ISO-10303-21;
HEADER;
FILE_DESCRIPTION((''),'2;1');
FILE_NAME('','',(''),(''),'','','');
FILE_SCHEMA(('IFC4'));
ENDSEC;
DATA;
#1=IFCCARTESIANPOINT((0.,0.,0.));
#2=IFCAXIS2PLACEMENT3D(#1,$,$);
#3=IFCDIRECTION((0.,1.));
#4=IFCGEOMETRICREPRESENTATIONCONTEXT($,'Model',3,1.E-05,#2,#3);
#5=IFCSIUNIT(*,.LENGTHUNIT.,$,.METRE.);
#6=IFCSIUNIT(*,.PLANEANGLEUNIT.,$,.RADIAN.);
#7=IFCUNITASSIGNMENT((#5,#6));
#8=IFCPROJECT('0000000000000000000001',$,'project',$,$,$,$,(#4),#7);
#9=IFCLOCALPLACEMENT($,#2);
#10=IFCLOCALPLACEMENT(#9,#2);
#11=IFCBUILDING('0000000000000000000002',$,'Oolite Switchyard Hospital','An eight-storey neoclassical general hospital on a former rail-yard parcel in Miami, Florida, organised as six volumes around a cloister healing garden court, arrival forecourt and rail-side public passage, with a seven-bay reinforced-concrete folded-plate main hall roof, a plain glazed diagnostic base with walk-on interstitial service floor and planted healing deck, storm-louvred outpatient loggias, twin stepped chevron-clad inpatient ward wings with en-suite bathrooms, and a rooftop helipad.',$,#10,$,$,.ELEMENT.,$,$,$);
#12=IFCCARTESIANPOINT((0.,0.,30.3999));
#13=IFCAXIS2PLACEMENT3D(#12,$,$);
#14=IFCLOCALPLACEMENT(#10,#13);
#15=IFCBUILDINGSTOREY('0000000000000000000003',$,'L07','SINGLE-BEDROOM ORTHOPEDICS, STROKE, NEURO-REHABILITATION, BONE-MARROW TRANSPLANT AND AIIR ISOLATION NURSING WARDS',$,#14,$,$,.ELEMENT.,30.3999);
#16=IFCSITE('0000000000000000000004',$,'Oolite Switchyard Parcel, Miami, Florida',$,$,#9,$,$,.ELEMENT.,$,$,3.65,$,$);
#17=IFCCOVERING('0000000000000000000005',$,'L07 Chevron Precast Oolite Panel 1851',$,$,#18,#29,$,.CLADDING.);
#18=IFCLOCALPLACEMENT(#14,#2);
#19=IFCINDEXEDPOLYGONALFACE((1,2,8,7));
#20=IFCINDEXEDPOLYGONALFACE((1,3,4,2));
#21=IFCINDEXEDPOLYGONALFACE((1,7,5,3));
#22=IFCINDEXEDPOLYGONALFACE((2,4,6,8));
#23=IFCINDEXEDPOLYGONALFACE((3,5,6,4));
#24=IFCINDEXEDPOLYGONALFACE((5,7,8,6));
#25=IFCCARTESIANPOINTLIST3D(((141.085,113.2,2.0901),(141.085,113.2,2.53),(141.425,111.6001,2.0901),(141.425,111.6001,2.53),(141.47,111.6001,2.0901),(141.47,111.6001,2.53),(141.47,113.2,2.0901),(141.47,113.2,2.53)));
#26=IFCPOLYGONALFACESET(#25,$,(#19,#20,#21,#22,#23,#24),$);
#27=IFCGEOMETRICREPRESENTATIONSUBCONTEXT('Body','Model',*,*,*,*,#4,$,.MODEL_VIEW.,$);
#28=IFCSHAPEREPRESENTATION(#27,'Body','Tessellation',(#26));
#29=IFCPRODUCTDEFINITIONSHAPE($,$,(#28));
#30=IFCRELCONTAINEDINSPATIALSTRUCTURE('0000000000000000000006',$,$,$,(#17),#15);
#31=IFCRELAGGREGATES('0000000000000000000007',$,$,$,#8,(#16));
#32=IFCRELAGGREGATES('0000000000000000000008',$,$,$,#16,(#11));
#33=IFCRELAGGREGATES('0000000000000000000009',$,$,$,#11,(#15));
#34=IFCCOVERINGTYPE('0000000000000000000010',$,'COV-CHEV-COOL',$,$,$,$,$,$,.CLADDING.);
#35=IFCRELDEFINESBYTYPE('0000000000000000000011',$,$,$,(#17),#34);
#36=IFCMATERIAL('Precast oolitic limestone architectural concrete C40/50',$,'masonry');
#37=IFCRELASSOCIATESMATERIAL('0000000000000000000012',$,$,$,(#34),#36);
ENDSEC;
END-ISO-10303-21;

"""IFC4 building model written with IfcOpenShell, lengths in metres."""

from ifc_helpers import new_model, si_unit, direction, frame, origin, place, context, subcontext, project, spatial, polyline, outline, extrude, material, type_object, element, save


model = new_model("IFC4")

# Units and contexts
model_context = context("Model", 3, precision=1e-05, world=origin(), true_north=direction((0.0, 1.0)))
body_context = subcontext(model_context, "Body", "Model", "MODEL_VIEW")
ifc_project = project(units=[si_unit("LENGTHUNIT", "METRE"), si_unit("PLANEANGLEUNIT", "RADIAN")], contexts=[model_context])

# Site, building, storey
site_placement = place(None, origin())
site = spatial("IfcSite", under=ifc_project, at=site_placement, Name="Oolite Switchyard Parcel, Miami, Florida", CompositionType="ELEMENT", RefElevation=3.65)
building_placement = place(site_placement, origin())
building = spatial("IfcBuilding", under=site, at=building_placement, Name="Oolite Switchyard Hospital", Description="An eight-storey neoclassical general hospital on a former rail-yard parcel in Miami, Florida, organised as six volumes around a cloister healing garden court, arrival forecourt and rail-side public passage, with a seven-bay reinforced-concrete folded-plate main hall roof, a plain glazed diagnostic base with walk-on interstitial service floor and planted healing deck, storm-louvred outpatient loggias, twin stepped chevron-clad inpatient ward wings with en-suite bathrooms, and a rooftop helipad.", CompositionType="ELEMENT")
storey_placement = place(building_placement, frame((0.0, 0.0, 30.3999)))
storey = spatial("IfcBuildingStorey", under=building, at=storey_placement, Name="L07", Description="SINGLE-BEDROOM ORTHOPEDICS, STROKE, NEURO-REHABILITATION, BONE-MARROW TRANSPLANT AND AIIR ISOLATION NURSING WARDS", CompositionType="ELEMENT", Elevation=30.3999)

# Shared definitions
ifc_material_1 = material(Name="Precast oolitic limestone architectural concrete C40/50", Category="masonry")

# Covering
covering_type = type_object("IfcCoveringType", Name="COV-CHEV-COOL", PredefinedType="CLADDING", material=ifc_material_1)
covering_1_placement = place(storey_placement, frame((141.47, 111.6001, 2.0901), z_axis=(0.0, 0.0, 1.0), x_axis=(0.0, 1.0, 0.0)))
element("IfcCovering", 1, at=covering_1_placement, inside=storey, type_object=covering_type, Name="L07 Chevron Precast Oolite Panel 1851", PredefinedType="CLADDING", context=body_context, shape_type="SweptSolid", body=[
    extrude(outline(polyline([(0.0, 0.0), (1.5999, 0.0), (1.5999, 0.385), (0.0, 0.0449), (0.0, 0.0)])), origin(), (0.0, 0.0, 1.0), 0.4399),
])

save(model, "model.ifc")
